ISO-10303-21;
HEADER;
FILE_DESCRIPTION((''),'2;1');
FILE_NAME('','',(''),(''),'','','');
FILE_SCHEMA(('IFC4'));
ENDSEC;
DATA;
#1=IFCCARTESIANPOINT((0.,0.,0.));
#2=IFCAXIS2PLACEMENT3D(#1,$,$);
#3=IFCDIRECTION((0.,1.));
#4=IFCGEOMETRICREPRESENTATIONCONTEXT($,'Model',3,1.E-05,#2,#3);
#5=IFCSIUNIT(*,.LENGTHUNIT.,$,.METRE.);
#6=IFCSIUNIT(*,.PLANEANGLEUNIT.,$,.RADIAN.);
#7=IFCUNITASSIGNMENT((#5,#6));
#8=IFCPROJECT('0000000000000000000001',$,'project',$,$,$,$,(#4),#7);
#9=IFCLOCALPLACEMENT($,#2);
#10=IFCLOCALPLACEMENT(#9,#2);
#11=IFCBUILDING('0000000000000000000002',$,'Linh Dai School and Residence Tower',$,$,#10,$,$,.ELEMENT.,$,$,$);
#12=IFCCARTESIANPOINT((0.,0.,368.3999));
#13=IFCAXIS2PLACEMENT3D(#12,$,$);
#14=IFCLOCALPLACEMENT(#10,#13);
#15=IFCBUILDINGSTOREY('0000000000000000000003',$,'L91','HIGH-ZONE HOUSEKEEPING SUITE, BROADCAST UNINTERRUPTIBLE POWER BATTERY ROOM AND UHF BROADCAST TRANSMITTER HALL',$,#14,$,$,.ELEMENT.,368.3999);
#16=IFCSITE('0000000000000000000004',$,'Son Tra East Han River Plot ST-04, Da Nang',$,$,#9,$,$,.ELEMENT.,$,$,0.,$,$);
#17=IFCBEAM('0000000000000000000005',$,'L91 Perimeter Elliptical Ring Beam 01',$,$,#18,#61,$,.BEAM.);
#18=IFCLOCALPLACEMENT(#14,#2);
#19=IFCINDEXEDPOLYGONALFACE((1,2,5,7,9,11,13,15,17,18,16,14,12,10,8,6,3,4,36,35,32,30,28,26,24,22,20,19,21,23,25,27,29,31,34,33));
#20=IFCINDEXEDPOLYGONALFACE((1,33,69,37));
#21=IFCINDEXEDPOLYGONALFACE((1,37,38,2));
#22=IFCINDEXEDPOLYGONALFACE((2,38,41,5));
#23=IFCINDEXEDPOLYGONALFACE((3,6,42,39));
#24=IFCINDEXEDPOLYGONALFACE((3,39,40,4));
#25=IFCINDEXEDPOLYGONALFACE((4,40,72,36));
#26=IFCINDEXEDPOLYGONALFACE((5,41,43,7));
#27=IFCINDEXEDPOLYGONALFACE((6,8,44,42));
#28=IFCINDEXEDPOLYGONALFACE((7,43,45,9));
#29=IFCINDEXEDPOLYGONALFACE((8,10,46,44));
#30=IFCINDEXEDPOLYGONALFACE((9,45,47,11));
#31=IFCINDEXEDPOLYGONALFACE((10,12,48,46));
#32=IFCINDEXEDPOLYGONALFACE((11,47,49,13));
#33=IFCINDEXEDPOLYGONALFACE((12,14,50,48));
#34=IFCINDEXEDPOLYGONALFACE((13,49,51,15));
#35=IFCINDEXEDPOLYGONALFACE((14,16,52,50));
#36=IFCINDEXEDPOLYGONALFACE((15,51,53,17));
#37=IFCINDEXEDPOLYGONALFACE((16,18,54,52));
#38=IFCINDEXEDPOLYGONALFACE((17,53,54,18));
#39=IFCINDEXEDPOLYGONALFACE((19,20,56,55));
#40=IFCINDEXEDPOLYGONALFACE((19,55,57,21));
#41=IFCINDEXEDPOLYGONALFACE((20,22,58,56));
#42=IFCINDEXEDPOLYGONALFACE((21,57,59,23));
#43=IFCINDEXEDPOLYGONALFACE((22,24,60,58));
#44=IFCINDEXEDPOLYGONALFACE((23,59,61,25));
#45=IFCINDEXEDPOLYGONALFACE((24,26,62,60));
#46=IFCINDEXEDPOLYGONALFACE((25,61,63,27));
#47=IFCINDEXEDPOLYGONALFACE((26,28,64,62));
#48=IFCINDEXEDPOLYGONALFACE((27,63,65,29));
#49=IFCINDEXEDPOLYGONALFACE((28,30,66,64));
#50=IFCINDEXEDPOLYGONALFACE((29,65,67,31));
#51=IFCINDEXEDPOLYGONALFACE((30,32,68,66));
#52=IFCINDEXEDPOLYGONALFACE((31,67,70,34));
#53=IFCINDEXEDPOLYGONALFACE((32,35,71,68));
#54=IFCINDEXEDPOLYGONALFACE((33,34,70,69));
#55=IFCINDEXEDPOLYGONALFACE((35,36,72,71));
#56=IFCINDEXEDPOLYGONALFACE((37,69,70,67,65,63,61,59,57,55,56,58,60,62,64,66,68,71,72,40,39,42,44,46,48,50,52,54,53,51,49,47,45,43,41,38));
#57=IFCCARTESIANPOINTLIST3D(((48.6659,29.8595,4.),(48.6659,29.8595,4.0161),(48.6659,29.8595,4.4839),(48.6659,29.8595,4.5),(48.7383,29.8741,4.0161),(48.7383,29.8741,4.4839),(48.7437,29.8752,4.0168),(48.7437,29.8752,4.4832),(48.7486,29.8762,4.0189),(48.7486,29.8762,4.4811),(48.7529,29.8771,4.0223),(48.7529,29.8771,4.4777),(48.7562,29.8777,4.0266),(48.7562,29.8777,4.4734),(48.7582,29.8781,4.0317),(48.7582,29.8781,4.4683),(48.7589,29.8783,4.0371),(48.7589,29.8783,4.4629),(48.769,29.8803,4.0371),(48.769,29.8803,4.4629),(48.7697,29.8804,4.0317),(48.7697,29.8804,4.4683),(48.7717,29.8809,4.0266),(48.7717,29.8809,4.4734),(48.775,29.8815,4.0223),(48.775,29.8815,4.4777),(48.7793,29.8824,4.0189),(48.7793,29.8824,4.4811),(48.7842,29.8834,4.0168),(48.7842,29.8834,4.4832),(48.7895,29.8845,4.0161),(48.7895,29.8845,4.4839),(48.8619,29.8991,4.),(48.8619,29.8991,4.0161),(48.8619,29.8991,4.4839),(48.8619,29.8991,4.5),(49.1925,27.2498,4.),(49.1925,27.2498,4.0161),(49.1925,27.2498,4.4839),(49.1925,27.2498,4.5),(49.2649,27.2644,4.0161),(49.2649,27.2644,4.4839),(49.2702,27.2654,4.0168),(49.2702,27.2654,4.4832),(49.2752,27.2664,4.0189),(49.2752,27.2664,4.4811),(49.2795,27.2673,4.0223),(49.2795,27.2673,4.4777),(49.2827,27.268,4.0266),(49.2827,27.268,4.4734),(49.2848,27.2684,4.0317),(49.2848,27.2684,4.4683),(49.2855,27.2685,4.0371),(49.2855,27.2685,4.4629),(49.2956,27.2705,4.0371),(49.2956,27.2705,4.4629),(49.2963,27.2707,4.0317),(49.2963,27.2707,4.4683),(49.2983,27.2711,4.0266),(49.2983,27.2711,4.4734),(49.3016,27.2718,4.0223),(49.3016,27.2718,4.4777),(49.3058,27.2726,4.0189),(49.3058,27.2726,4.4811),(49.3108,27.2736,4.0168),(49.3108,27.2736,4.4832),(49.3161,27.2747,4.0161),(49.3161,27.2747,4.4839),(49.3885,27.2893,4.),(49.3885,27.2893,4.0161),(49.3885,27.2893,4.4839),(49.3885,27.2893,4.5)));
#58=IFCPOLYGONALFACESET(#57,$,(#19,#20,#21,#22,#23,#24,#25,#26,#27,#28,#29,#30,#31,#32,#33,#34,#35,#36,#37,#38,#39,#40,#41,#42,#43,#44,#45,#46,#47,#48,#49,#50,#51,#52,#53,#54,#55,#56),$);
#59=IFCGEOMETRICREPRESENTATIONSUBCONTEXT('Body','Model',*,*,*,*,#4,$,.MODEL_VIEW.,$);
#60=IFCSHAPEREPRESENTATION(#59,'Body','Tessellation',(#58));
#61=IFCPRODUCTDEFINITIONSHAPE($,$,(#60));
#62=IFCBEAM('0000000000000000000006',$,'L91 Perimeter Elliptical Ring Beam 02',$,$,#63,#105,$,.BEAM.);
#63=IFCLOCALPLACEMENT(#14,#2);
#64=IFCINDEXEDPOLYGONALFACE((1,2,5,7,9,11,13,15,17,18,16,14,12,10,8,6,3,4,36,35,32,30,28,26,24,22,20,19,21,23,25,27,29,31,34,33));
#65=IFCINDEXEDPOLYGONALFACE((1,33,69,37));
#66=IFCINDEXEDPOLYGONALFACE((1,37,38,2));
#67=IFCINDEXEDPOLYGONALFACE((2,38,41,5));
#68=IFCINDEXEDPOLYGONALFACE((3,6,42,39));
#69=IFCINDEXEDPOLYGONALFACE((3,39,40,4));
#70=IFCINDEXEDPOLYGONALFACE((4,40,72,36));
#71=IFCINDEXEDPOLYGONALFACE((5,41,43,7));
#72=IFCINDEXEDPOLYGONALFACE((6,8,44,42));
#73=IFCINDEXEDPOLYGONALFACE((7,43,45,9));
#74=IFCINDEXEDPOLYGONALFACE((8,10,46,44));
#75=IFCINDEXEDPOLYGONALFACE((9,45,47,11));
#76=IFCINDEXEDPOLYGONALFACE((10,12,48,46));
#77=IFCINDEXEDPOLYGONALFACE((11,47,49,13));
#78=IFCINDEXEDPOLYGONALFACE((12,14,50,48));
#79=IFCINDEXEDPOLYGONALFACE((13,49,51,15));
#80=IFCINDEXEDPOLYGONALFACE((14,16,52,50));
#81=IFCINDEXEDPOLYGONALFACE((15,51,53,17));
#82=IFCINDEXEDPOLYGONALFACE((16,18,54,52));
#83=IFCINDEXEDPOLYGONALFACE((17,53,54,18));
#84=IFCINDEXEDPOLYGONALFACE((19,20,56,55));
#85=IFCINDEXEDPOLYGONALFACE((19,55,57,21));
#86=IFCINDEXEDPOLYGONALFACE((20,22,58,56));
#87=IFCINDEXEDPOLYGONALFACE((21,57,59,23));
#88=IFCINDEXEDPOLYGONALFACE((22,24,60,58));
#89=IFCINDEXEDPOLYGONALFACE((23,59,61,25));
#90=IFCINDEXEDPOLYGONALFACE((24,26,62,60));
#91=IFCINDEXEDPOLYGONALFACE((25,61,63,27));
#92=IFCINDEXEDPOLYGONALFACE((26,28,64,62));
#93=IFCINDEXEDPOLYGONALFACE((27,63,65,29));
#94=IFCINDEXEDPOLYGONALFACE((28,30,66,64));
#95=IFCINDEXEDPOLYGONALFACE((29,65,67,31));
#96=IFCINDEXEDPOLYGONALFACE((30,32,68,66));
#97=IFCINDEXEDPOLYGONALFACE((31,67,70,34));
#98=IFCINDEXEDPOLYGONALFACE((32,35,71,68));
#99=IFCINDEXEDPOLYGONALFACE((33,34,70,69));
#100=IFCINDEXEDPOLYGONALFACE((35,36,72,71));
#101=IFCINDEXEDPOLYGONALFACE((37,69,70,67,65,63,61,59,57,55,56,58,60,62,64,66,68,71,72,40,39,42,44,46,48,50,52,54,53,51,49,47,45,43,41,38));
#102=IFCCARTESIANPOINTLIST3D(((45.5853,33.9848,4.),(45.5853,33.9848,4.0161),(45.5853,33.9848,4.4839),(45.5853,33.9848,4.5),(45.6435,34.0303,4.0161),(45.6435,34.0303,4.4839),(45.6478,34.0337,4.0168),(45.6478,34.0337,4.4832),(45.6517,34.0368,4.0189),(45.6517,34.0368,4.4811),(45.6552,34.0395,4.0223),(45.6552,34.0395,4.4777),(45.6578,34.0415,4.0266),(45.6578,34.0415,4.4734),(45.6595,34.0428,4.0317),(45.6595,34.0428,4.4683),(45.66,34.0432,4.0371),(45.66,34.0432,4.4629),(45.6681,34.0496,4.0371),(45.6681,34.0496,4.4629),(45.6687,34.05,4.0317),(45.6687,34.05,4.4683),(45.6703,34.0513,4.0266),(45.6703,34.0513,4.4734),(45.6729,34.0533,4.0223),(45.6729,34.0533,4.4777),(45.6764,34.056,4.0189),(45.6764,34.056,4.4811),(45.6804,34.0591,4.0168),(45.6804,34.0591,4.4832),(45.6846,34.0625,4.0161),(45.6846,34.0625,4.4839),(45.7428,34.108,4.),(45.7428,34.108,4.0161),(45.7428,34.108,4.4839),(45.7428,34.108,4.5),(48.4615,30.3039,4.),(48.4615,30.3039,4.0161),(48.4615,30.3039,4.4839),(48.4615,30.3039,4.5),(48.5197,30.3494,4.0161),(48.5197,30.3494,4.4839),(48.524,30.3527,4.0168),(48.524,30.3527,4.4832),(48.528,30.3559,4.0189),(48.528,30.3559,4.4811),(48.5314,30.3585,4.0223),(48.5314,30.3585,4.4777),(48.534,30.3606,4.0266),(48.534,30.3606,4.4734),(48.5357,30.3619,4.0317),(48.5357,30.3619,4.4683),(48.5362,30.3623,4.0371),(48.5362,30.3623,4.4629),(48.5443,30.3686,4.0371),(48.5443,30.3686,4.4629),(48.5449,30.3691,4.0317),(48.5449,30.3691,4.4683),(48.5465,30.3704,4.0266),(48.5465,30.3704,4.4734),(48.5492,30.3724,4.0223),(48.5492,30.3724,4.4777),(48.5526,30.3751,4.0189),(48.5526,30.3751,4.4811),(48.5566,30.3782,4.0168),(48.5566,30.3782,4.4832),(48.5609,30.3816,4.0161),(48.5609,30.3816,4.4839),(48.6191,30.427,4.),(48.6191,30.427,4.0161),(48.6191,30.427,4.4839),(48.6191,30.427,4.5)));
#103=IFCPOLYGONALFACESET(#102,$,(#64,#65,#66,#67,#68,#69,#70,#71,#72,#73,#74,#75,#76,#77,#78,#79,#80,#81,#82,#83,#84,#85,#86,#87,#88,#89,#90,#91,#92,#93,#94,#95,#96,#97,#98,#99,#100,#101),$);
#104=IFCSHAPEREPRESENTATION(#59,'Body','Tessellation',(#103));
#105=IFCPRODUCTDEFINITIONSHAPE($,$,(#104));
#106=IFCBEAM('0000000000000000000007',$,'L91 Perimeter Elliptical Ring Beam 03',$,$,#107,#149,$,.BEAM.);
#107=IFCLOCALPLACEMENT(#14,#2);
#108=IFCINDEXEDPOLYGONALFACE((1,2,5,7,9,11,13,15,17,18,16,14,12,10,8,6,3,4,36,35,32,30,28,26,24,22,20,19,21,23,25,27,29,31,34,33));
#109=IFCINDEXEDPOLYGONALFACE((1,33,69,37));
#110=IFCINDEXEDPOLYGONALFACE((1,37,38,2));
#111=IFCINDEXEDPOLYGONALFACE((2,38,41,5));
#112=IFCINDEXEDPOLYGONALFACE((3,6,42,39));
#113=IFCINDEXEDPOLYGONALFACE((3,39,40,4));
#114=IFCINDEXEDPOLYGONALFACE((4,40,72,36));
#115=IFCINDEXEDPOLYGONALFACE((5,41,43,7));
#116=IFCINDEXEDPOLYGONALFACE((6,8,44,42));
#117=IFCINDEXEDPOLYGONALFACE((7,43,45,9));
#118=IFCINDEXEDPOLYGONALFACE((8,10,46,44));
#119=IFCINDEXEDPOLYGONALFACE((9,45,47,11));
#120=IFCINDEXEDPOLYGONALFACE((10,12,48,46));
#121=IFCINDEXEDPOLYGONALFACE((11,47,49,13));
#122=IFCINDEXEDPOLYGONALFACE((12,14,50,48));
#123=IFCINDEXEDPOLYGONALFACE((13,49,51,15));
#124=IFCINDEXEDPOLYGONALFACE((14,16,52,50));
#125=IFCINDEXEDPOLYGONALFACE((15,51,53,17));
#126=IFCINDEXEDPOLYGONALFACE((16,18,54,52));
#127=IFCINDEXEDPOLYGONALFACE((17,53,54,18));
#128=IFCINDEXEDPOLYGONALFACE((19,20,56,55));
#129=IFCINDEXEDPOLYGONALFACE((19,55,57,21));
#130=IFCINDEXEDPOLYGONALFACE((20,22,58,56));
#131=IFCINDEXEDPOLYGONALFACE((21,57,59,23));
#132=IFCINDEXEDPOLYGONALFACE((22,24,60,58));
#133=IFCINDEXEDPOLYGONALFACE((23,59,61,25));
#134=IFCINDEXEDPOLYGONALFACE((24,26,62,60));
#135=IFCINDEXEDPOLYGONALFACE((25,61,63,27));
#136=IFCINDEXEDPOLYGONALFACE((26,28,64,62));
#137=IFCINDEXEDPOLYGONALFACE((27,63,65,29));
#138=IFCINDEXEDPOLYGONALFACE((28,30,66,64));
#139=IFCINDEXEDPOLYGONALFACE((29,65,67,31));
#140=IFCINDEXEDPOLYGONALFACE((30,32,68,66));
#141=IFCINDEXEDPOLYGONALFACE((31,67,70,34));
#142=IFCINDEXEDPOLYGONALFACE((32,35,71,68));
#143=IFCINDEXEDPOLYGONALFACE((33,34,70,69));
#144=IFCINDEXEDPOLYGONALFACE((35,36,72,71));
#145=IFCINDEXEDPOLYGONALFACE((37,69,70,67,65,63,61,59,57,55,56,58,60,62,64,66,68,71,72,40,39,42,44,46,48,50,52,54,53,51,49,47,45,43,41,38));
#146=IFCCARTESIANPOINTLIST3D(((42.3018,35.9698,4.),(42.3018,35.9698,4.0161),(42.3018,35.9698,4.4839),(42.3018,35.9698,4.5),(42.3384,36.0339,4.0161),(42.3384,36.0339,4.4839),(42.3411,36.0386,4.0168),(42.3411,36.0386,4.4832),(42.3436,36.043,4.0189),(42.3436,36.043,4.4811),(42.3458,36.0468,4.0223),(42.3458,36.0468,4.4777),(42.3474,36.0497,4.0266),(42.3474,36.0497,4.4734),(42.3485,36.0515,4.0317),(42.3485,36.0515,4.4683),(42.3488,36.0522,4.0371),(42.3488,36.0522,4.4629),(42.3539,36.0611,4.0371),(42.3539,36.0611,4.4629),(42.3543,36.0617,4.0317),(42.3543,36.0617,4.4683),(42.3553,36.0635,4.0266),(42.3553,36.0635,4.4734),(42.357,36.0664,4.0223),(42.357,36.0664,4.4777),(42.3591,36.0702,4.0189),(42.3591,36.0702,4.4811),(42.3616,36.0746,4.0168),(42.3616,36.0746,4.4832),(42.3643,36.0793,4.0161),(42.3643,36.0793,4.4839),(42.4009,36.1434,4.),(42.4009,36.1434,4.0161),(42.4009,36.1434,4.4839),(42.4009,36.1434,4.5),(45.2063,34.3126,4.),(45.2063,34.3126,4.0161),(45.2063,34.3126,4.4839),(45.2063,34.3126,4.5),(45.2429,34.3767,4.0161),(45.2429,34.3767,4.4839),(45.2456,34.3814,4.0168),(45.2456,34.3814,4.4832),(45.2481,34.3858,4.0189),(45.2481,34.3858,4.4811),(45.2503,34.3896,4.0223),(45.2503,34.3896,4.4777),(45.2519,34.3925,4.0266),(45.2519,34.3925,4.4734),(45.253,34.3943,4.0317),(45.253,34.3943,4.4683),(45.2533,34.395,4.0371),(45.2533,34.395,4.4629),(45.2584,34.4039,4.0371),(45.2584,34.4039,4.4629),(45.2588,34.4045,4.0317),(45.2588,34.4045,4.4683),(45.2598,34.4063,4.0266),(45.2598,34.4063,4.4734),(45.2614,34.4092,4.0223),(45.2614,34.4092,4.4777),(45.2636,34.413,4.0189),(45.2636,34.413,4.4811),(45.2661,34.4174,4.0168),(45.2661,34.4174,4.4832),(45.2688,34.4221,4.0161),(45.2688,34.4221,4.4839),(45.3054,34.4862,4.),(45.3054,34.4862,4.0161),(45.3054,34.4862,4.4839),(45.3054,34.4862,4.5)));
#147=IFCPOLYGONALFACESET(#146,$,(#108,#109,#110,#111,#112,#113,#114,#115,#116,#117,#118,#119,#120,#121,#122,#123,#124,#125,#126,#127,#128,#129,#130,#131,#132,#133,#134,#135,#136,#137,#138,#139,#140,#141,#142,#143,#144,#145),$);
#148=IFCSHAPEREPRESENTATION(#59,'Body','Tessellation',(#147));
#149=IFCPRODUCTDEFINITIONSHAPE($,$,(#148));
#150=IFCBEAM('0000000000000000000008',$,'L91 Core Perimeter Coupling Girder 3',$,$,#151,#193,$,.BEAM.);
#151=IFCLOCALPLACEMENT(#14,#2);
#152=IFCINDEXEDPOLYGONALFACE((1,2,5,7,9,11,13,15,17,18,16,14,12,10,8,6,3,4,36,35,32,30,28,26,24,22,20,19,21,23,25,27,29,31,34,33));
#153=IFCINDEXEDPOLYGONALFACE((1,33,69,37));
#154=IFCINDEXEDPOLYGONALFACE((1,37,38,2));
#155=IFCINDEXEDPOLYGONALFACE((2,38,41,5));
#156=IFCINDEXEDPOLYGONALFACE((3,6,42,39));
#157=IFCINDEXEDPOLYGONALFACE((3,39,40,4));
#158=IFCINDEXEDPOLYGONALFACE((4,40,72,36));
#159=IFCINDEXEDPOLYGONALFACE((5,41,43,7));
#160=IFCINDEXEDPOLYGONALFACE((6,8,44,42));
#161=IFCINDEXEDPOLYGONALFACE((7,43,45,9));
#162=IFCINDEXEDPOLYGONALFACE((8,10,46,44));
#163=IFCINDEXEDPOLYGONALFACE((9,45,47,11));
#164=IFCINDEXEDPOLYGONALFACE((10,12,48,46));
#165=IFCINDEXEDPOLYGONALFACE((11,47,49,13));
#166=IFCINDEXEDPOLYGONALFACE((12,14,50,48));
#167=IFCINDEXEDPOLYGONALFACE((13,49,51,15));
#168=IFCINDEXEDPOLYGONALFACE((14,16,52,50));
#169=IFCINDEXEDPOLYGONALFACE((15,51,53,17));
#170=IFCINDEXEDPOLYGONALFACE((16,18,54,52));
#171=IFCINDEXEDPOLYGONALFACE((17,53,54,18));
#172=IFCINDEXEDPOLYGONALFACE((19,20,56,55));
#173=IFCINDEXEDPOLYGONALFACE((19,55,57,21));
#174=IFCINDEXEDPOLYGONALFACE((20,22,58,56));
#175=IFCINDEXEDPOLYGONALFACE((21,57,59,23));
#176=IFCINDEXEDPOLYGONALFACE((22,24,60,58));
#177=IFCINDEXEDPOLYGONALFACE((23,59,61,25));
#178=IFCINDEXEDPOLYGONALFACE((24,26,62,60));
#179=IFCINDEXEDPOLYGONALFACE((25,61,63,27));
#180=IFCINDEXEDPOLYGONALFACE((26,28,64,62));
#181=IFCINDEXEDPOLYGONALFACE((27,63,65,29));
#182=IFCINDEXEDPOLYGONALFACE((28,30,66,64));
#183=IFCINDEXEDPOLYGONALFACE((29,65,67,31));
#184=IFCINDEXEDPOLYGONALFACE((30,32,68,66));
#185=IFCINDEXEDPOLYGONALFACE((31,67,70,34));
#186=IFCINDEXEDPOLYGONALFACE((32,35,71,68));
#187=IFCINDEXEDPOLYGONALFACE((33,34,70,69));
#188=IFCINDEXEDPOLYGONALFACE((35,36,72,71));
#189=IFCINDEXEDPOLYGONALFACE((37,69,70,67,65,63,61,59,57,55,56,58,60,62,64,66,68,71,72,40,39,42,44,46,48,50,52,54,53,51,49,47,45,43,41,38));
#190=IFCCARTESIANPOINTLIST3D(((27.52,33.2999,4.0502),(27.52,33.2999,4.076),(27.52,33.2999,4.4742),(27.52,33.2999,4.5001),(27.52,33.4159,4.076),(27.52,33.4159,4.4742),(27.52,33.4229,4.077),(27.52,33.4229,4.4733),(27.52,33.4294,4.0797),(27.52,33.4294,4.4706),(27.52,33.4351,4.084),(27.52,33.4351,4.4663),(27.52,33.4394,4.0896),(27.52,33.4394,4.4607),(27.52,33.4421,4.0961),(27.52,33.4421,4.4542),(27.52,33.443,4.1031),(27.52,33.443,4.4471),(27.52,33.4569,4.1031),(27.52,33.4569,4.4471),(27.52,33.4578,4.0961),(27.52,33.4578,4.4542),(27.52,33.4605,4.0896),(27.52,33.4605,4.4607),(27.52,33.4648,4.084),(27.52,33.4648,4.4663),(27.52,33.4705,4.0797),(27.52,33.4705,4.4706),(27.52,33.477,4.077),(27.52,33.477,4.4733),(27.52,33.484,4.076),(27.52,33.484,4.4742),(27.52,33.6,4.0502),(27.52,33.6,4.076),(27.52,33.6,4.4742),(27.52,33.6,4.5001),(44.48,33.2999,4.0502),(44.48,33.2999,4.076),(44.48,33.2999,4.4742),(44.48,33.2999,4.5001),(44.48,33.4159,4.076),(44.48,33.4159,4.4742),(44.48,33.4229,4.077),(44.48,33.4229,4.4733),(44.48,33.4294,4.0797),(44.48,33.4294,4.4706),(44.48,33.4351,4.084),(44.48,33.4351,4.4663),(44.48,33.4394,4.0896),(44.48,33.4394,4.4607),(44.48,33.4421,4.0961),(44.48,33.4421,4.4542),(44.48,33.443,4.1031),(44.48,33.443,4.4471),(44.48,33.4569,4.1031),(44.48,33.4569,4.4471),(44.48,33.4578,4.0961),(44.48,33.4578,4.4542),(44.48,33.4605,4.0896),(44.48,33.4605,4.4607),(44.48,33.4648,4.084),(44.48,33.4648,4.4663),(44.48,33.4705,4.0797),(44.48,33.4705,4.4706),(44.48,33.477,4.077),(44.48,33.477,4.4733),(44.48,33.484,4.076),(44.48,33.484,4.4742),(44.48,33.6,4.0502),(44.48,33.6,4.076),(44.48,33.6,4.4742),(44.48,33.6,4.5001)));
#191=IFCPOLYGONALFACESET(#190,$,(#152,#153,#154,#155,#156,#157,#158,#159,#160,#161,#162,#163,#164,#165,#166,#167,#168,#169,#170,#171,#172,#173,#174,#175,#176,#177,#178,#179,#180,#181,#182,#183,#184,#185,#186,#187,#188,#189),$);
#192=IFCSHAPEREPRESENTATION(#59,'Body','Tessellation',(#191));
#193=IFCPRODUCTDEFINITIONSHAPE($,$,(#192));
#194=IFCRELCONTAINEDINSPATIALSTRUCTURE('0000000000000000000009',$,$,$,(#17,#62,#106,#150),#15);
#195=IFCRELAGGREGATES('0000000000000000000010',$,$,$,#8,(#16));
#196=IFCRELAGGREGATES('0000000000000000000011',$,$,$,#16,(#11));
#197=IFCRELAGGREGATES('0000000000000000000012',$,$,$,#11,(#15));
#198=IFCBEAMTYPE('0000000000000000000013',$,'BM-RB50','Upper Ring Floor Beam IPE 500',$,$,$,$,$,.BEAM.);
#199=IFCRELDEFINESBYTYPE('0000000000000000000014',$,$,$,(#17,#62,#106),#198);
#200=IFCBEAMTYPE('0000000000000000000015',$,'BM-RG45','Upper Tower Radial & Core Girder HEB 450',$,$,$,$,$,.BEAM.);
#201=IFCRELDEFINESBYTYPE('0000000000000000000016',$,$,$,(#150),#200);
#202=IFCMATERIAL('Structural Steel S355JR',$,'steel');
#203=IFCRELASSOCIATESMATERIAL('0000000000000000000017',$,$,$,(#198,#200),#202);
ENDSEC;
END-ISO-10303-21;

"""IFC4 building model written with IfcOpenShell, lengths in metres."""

from ifc_helpers import new_model, si_unit, direction, frame, origin, origin_2d, place, context, subcontext, project, spatial, i_section, extrude, material, material_profile, profile_set, type_object, element, save


model = new_model("IFC4")

# Units and contexts
model_context = context("Model", 3, precision=1e-05, world=origin(), true_north=direction((0.0, 1.0)))
body_context = subcontext(model_context, "Body", "Model", "MODEL_VIEW")
ifc_project = project(units=[si_unit("LENGTHUNIT", "METRE"), si_unit("PLANEANGLEUNIT", "RADIAN")], contexts=[model_context])

# Site, building, storey
site_placement = place(None, origin())
site = spatial("IfcSite", under=ifc_project, at=site_placement, Name="Son Tra East Han River Plot ST-04, Da Nang", CompositionType="ELEMENT", RefElevation=0.0)
building_placement = place(site_placement, origin())
building = spatial("IfcBuilding", under=site, at=building_placement, Name="Linh Dai School and Residence Tower", CompositionType="ELEMENT")
storey_placement = place(building_placement, frame((0.0, 0.0, 368.3999)))
storey = spatial("IfcBuildingStorey", under=building, at=storey_placement, Name="L91", Description="HIGH-ZONE HOUSEKEEPING SUITE, BROADCAST UNINTERRUPTIBLE POWER BATTERY ROOM AND UHF BROADCAST TRANSMITTER HALL", CompositionType="ELEMENT", Elevation=368.3999)

# Shared definitions
ifc_material_1 = material(Name="Structural Steel S355JR", Category="steel")

# Beams
ifc_material_profile_1 = material_profile(ifc_material_1, i_section(OverallWidth=0.2, OverallDepth=0.5, WebThickness=0.0103, FlangeThickness=0.0161, FilletRadius=0.021, at=origin_2d()), Name="IPE 500")
ifc_profile_set_1 = profile_set([ifc_material_profile_1], Name="Structural Steel S355JR")
beam_type_1 = type_object("IfcBeamType", Name="BM-RB50", Description="Upper Ring Floor Beam IPE 500", PredefinedType="BEAM", material=ifc_profile_set_1)
beam_1_placement = place(storey_placement, frame((49.2905, 27.2695, 4.25), z_axis=(-0.197791, 0.980244, 0.0), x_axis=(-0.980244, -0.197791, 0.0)))
element("IfcBeam", 1, at=beam_1_placement, inside=storey, type_object=beam_type_1, Name="L91 Perimeter Elliptical Ring Beam 01", PredefinedType="BEAM", context=body_context, shape_type="SweptSolid", body=[
    extrude(i_section(OverallWidth=0.2, OverallDepth=0.5, WebThickness=0.0103, FlangeThickness=0.0161, FilletRadius=0.021, at=origin_2d()), origin(), (0.0, 0.0, 1.0), 2.6624),
])
beam_2_placement = place(storey_placement, frame((48.5403, 30.3655, 4.25), z_axis=(-0.615712, 0.787971, 0.0), x_axis=(-0.787971, -0.615712, 0.0)))
element("IfcBeam", 2, at=beam_2_placement, inside=storey, type_object=beam_type_1, Name="L91 Perimeter Elliptical Ring Beam 02", PredefinedType="BEAM", context=body_context, shape_type="SweptSolid", body=[
    extrude(i_section(OverallWidth=0.2, OverallDepth=0.5, WebThickness=0.0103, FlangeThickness=0.0161, FilletRadius=0.021, at=origin_2d()), origin(), (0.0, 0.0, 1.0), 4.6714),
])
beam_3_placement = place(storey_placement, frame((45.2559, 34.3994, 4.25), z_axis=(-0.868566, 0.495573, 0.0), x_axis=(-0.495573, -0.868566, 0.0)))
element("IfcBeam", 3, at=beam_3_placement, inside=storey, type_object=beam_type_1, Name="L91 Perimeter Elliptical Ring Beam 03", PredefinedType="BEAM", context=body_context, shape_type="SweptSolid", body=[
    extrude(i_section(OverallWidth=0.2, OverallDepth=0.5, WebThickness=0.0103, FlangeThickness=0.0161, FilletRadius=0.021, at=origin_2d()), origin(), (0.0, 0.0, 1.0), 3.344),
])
ifc_material_profile_2 = material_profile(ifc_material_1, i_section(OverallWidth=0.3, OverallDepth=0.45, WebThickness=0.0139, FlangeThickness=0.0259, FilletRadius=0.0271, at=origin_2d()), Name="HEB 450")
ifc_profile_set_2 = profile_set([ifc_material_profile_2], Name="Structural Steel S355JR")
beam_type_2 = type_object("IfcBeamType", Name="BM-RG45", Description="Upper Tower Radial & Core Girder HEB 450", PredefinedType="BEAM", material=ifc_profile_set_2)
beam_4_placement = place(storey_placement, frame((44.48, 33.45, 4.2751), z_axis=(-1.0, 0.0, 0.0), x_axis=(0.0, -1.0, 0.0)))
element("IfcBeam", 4, at=beam_4_placement, inside=storey, type_object=beam_type_2, Name="L91 Core Perimeter Coupling Girder 3", PredefinedType="BEAM", context=body_context, shape_type="SweptSolid", body=[
    extrude(i_section(OverallWidth=0.3, OverallDepth=0.45, WebThickness=0.0139, FlangeThickness=0.0259, FilletRadius=0.0271, at=origin_2d()), origin(), (0.0, 0.0, 1.0), 16.96),
])

save(model, "model.ifc")
